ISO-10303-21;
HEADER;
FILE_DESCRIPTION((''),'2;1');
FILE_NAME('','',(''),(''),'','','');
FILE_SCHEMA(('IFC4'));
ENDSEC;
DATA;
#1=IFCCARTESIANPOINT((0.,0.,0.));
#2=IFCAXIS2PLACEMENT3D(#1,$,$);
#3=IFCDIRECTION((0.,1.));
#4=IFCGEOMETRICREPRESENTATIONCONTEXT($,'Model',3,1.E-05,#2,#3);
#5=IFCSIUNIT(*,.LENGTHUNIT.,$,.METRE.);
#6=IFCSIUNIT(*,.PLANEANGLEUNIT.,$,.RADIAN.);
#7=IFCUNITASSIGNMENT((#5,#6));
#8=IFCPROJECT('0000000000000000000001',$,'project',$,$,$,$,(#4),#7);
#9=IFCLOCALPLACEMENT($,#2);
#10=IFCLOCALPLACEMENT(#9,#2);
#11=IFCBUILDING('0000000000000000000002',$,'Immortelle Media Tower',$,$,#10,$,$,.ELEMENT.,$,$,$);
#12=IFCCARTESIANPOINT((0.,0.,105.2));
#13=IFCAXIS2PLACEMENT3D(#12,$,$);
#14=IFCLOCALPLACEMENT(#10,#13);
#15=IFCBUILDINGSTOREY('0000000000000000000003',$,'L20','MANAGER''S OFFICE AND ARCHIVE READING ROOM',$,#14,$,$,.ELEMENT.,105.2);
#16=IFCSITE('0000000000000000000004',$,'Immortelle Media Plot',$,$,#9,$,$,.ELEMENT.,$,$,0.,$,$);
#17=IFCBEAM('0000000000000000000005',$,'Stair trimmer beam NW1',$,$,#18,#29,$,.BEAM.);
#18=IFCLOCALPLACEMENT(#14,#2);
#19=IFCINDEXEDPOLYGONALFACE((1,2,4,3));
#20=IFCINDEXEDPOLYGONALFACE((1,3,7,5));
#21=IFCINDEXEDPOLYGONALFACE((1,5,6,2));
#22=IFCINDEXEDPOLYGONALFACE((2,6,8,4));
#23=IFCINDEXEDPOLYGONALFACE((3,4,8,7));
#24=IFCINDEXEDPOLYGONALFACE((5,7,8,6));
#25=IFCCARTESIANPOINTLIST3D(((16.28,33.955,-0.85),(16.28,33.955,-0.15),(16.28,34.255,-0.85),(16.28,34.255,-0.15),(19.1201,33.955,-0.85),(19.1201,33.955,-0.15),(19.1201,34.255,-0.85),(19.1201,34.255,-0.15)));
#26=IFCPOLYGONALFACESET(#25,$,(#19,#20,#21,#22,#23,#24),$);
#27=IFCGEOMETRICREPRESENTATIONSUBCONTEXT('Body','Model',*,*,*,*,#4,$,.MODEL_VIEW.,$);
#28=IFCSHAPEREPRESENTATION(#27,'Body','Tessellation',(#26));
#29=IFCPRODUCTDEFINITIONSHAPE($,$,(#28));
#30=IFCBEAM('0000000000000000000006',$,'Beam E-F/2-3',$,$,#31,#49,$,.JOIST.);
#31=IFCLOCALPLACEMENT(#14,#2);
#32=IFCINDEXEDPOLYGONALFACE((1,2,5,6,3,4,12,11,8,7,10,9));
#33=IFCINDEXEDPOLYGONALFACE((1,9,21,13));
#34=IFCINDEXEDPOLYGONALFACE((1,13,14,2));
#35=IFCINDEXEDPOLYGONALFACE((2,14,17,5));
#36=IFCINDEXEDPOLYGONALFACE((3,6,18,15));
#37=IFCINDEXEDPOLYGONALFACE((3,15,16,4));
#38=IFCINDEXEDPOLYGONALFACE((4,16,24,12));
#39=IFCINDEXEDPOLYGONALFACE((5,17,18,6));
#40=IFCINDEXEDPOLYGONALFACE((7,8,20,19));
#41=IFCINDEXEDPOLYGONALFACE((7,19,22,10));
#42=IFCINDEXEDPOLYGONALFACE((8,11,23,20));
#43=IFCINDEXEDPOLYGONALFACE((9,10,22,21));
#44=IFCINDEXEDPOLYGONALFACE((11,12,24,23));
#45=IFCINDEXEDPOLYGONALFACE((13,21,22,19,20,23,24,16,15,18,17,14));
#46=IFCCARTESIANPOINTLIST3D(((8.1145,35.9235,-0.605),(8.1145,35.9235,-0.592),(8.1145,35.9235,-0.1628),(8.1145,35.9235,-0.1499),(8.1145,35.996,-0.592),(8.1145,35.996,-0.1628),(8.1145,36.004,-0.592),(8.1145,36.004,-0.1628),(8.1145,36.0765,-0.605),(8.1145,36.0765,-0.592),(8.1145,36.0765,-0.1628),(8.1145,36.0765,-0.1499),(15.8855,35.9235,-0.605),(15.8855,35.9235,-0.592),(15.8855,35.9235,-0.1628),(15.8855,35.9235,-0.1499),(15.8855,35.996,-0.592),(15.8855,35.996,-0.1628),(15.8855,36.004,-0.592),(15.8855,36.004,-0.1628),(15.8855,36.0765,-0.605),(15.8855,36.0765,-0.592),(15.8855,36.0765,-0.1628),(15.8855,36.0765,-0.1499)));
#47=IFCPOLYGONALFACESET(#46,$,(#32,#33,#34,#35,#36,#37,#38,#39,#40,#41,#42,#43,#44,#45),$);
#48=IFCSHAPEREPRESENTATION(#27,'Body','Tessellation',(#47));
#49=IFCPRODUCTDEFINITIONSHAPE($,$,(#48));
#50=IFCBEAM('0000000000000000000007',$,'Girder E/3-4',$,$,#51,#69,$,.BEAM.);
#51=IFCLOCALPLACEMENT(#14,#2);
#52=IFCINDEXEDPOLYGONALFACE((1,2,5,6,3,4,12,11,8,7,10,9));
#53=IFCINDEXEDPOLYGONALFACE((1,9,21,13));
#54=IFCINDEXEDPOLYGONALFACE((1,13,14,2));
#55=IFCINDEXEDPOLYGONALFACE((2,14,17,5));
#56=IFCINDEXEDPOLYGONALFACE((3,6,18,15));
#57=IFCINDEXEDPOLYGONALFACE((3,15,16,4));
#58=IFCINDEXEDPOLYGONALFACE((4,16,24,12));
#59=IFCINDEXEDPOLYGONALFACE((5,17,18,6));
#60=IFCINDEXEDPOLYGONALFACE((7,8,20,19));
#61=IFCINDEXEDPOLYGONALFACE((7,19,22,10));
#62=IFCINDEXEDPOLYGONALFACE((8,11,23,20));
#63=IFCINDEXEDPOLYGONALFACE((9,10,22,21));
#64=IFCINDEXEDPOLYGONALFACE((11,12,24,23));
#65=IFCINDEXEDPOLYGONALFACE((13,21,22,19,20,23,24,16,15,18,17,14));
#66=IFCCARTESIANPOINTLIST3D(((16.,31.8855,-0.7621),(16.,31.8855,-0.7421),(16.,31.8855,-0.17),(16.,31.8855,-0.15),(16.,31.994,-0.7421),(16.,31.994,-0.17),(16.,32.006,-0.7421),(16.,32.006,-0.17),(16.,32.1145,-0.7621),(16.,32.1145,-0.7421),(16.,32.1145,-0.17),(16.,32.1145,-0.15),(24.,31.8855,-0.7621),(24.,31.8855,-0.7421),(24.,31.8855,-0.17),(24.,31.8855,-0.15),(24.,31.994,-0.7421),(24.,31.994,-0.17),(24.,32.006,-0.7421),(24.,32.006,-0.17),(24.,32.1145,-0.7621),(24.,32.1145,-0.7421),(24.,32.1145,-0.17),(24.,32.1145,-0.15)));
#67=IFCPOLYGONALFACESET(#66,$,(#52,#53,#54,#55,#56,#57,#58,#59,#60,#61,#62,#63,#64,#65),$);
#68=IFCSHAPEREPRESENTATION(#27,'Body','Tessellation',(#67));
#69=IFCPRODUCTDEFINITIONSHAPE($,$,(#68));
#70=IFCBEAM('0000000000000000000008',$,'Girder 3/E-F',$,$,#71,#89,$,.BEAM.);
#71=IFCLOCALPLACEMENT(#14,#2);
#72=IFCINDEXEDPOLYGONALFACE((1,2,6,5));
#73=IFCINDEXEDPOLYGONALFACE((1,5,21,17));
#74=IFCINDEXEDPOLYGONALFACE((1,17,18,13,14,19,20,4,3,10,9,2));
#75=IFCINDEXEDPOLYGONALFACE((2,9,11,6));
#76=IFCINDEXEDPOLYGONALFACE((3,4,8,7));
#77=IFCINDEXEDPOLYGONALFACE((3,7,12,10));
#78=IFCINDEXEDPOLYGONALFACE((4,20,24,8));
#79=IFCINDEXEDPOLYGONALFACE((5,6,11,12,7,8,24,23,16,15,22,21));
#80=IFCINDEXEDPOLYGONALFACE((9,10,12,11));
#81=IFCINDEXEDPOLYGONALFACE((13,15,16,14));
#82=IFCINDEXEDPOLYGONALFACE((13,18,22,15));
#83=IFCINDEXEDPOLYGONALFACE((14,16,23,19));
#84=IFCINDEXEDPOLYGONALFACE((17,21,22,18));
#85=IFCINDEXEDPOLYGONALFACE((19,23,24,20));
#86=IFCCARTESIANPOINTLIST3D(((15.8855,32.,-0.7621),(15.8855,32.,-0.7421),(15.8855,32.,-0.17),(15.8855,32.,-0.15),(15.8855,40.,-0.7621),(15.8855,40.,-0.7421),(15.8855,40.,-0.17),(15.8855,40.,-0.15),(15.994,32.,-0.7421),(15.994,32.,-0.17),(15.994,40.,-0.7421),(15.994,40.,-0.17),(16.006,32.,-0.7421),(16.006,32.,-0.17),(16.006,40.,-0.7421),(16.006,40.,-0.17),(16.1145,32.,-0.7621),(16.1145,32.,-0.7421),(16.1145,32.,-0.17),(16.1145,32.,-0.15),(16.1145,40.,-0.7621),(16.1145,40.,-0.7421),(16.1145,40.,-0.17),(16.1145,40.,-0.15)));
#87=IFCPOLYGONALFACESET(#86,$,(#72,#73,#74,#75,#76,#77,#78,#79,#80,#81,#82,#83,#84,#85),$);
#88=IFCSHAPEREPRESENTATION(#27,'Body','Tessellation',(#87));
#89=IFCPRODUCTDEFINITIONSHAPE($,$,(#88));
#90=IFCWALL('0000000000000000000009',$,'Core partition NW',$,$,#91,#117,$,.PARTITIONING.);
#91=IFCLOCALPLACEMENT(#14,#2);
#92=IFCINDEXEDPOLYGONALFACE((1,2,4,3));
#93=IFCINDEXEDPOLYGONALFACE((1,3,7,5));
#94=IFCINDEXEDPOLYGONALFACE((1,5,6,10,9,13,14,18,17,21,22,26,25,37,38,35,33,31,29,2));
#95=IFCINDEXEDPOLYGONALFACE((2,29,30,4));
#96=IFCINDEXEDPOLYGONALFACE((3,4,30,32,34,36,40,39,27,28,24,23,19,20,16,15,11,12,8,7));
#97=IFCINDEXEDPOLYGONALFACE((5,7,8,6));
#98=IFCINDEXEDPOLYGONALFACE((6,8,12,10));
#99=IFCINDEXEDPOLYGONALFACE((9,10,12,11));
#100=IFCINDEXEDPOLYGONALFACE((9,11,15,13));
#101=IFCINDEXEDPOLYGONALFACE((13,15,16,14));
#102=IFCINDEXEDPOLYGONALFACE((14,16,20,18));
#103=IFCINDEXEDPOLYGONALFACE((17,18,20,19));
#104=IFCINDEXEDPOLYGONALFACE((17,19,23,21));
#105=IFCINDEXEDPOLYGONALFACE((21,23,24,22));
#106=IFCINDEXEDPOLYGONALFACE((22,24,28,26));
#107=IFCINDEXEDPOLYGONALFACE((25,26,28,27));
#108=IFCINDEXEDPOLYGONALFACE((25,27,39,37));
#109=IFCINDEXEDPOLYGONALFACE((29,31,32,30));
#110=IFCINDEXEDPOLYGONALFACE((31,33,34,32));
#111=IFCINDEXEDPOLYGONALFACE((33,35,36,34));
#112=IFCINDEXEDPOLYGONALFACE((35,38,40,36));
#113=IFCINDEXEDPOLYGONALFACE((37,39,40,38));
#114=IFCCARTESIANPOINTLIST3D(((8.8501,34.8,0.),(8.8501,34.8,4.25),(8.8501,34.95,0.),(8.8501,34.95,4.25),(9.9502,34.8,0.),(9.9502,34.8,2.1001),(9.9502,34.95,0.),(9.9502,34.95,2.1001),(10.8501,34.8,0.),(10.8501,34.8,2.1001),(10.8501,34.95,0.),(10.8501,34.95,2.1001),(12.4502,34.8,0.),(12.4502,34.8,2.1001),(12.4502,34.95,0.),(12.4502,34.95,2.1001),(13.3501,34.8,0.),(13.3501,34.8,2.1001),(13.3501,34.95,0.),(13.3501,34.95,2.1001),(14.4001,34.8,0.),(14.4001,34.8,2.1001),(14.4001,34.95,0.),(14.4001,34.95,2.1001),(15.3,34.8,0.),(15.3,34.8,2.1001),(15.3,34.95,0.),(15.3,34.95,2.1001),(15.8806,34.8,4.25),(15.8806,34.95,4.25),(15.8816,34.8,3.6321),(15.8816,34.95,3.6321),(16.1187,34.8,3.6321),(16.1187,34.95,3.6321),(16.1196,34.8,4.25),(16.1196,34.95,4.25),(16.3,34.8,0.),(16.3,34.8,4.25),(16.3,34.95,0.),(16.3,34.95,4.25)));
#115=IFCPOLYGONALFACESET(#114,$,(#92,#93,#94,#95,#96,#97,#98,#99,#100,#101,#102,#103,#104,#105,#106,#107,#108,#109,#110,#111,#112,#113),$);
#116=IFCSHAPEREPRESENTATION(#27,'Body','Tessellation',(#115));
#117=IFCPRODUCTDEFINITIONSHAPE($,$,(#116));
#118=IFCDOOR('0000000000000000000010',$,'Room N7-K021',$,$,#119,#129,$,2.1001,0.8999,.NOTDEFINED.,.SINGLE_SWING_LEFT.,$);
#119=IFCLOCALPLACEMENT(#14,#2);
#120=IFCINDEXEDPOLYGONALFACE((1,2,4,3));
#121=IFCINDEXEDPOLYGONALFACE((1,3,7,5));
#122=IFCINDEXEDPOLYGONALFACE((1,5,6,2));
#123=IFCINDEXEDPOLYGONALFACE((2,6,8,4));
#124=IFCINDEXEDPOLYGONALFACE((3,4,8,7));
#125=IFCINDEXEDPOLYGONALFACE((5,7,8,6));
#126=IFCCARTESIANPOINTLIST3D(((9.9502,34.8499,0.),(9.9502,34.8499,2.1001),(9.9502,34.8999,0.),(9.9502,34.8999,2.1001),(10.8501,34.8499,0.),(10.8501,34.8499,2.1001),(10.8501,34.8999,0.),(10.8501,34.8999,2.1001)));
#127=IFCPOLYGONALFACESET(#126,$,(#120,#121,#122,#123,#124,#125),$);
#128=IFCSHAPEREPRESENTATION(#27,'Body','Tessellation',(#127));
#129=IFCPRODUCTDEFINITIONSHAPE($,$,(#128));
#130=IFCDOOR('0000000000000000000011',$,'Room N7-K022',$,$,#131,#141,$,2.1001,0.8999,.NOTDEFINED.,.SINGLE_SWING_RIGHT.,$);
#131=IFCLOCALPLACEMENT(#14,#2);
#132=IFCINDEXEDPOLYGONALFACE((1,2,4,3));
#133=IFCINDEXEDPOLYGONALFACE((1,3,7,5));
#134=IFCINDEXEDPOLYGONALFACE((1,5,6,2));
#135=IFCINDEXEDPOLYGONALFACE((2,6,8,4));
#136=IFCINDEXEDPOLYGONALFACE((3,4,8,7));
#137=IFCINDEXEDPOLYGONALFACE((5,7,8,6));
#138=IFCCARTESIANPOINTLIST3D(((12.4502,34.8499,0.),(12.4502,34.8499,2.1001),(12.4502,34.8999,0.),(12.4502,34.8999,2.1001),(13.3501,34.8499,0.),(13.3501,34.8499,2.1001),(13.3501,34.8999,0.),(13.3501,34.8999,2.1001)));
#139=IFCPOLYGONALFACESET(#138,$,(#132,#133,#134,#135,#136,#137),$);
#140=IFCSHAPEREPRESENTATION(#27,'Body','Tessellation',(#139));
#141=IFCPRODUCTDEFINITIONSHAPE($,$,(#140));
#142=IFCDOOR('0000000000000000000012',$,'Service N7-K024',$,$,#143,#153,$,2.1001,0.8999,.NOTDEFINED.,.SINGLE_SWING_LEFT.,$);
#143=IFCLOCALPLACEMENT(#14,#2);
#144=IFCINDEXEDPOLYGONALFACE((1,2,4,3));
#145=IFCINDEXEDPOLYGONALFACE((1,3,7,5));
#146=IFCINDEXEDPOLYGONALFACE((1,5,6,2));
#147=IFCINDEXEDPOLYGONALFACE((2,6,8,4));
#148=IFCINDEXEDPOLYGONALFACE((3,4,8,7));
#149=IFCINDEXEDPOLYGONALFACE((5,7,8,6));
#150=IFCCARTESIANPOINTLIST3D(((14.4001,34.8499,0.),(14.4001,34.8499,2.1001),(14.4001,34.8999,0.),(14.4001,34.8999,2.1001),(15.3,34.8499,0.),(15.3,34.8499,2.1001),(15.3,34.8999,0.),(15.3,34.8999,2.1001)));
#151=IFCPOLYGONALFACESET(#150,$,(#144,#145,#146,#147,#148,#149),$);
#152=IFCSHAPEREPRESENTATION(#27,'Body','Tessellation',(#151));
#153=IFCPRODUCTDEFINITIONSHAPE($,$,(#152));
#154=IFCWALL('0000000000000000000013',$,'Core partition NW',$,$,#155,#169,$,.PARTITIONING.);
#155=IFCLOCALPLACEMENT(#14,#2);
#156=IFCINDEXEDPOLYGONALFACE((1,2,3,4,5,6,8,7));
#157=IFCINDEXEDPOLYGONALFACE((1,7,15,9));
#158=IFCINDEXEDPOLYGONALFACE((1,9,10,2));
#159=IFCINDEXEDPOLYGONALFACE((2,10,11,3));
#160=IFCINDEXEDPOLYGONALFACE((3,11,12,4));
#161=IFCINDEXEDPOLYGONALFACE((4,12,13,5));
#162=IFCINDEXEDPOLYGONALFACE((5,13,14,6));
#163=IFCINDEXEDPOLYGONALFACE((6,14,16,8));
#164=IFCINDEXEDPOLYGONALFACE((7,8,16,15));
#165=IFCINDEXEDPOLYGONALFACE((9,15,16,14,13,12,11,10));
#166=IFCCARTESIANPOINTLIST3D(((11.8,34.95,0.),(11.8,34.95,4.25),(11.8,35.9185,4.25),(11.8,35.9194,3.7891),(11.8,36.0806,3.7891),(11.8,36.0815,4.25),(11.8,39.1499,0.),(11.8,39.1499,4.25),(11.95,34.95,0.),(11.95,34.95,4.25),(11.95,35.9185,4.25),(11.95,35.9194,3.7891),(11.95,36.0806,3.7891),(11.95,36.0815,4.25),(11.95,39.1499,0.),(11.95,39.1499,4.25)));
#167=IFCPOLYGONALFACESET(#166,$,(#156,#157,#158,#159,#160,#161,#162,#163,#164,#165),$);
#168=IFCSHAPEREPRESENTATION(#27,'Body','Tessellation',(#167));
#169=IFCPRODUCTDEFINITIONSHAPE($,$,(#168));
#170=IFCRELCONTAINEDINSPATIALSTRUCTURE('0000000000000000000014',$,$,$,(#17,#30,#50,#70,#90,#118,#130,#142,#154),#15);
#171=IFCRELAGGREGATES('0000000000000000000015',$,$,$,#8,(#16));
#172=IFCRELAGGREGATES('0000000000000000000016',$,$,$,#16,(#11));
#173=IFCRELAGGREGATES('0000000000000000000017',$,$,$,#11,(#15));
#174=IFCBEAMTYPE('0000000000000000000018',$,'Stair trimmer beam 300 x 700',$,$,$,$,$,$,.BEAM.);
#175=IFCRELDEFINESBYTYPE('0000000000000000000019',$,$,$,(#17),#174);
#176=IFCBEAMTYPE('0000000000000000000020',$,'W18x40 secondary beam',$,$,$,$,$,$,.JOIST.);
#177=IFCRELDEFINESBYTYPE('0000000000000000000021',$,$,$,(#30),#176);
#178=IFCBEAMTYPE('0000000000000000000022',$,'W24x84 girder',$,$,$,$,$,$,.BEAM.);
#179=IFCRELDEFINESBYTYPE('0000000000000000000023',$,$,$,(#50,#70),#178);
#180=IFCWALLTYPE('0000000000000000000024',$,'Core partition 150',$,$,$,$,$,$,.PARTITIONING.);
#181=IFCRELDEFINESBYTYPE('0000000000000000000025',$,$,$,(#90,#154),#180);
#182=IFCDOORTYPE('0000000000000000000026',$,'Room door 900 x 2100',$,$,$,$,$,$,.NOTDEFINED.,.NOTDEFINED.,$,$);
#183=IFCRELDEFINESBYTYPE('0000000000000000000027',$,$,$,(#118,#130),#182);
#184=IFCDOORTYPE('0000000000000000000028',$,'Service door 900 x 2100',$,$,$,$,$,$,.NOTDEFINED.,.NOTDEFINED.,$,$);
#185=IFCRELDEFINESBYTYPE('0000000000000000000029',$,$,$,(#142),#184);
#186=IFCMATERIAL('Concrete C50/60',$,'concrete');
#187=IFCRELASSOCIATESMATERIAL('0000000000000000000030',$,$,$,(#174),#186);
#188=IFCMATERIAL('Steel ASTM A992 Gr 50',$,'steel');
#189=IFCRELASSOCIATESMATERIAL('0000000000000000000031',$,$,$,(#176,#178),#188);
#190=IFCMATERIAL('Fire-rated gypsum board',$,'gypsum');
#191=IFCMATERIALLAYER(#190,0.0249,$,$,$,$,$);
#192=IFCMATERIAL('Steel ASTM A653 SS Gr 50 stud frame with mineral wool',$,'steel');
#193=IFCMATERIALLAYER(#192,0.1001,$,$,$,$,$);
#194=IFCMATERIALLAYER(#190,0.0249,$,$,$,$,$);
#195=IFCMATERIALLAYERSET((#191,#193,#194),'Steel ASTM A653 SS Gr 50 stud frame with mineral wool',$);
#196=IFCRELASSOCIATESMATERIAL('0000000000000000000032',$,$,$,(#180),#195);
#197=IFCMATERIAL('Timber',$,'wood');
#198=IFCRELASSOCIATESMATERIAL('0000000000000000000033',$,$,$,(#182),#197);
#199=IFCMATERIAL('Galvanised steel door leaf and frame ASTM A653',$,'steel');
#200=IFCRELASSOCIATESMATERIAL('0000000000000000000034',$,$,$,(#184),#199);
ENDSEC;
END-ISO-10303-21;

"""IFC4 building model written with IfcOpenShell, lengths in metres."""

from ifc_helpers import new_model, si_unit, direction, frame, frame_2d, origin, origin_2d, place, context, subcontext, project, spatial, polyline, rectangle, i_section, outline, extrude, material, layer, layer_set, material_profile, profile_set, type_object, element, fill, save


model = new_model("IFC4")

# Units and contexts
model_context = context("Model", 3, precision=1e-05, world=origin(), true_north=direction((0.0, 1.0)))
body_context = subcontext(model_context, "Body", "Model", "MODEL_VIEW")
ifc_project = project(units=[si_unit("LENGTHUNIT", "METRE"), si_unit("PLANEANGLEUNIT", "RADIAN")], contexts=[model_context])

# Site, building, storey
site_placement = place(None, origin())
site = spatial("IfcSite", under=ifc_project, at=site_placement, Name="Immortelle Media Plot", CompositionType="ELEMENT", RefElevation=0.0)
building_placement = place(site_placement, origin())
building = spatial("IfcBuilding", under=site, at=building_placement, Name="Immortelle Media Tower", CompositionType="ELEMENT")
storey_placement = place(building_placement, frame((0.0, 0.0, 105.2)))
storey = spatial("IfcBuildingStorey", under=building, at=storey_placement, Name="L20", Description="MANAGER'S OFFICE AND ARCHIVE READING ROOM", CompositionType="ELEMENT", Elevation=105.2)

# Beams
ifc_material_1 = material(Name="Concrete C50/60", Category="concrete")
ifc_material_profile_1 = material_profile(ifc_material_1, rectangle(XDim=0.3, YDim=0.7, at=origin_2d()), Name="RC 300x700")
ifc_profile_set_1 = profile_set([ifc_material_profile_1], Name="Concrete C50/60")
beam_type_1 = type_object("IfcBeamType", Name="Stair trimmer beam 300 x 700", PredefinedType="BEAM", material=ifc_profile_set_1)
beam_1_placement = place(storey_placement, frame((16.28, 34.105, -0.5), z_axis=(1.0, 0.0, 0.0), x_axis=(0.0, 1.0, 0.0)))
element("IfcBeam", 1, at=beam_1_placement, inside=storey, type_object=beam_type_1, Name="Stair trimmer beam NW1", PredefinedType="BEAM", context=body_context, shape_type="SweptSolid", body=[
    extrude(rectangle(XDim=0.3, YDim=0.7, at=origin_2d()), origin(), (0.0, 0.0, 1.0), 2.8401),
])
ifc_material_2 = material(Name="Steel ASTM A992 Gr 50", Category="steel")
ifc_material_profile_2 = material_profile(ifc_material_2, i_section(OverallWidth=0.1531, OverallDepth=0.4551, WebThickness=0.0081, FlangeThickness=0.0129, at=origin_2d()), Name="W18x40")
ifc_profile_set_2 = profile_set([ifc_material_profile_2], Name="Steel ASTM A992 Gr 50")
beam_type_2 = type_object("IfcBeamType", Name="W18x40 secondary beam", PredefinedType="JOIST", material=ifc_profile_set_2)
beam_2_placement = place(storey_placement, frame((8.1145, 36.0, -0.3774), z_axis=(1.0, 0.0, 0.0), x_axis=(0.0, 1.0, 0.0)))
element("IfcBeam", 2, at=beam_2_placement, inside=storey, type_object=beam_type_2, Name="Beam E-F/2-3", PredefinedType="JOIST", context=body_context, shape_type="SweptSolid", body=[
    extrude(i_section(OverallWidth=0.1531, OverallDepth=0.4551, WebThickness=0.0081, FlangeThickness=0.0129, at=origin_2d()), origin(), (0.0, 0.0, 1.0), 7.771),
])
ifc_material_profile_3 = material_profile(ifc_material_2, i_section(OverallWidth=0.229, OverallDepth=0.6121, WebThickness=0.012, FlangeThickness=0.02, at=origin_2d()), Name="W24x84")
ifc_profile_set_3 = profile_set([ifc_material_profile_3], Name="Steel ASTM A992 Gr 50")
beam_type_3 = type_object("IfcBeamType", Name="W24x84 girder", PredefinedType="BEAM", material=ifc_profile_set_3)
for number, where, z_axis, x_axis, name in (
    (3, (16.0, 32.0, -0.4561), (1.0, 0.0, 0.0), (0.0, 1.0, 0.0), "Girder E/3-4"),
    (4, (16.0, 32.0, -0.4561), (0.0, 1.0, 0.0), (-1.0, 0.0, 0.0), "Girder 3/E-F"),
):
    element("IfcBeam", number, at=place(storey_placement, frame(where, z_axis=z_axis, x_axis=x_axis)), inside=storey, type_object=beam_type_3, Name=name, PredefinedType="BEAM", context=body_context, shape_type="SweptSolid", body=[
        extrude(i_section(OverallWidth=0.229, OverallDepth=0.6121, WebThickness=0.012, FlangeThickness=0.02, at=origin_2d()), origin(), (0.0, 0.0, 1.0), 8.0),
    ])

# Wall, openings, doors
ifc_material_3 = material(Name="Fire-rated gypsum board", Category="gypsum")
ifc_layer_1 = layer(ifc_material_3, 0.0249)
ifc_material_4 = material(Name="Steel ASTM A653 SS Gr 50 stud frame with mineral wool", Category="steel")
ifc_layer_2 = layer(ifc_material_4, 0.1001)
ifc_layer_3 = layer(ifc_material_3, 0.0249)
ifc_layer_set_1 = layer_set([ifc_layer_1, ifc_layer_2, ifc_layer_3], Name="Steel ASTM A653 SS Gr 50 stud frame with mineral wool")
wall_type_1 = type_object("IfcWallType", Name="Core partition 150", PredefinedType="PARTITIONING", material=ifc_layer_set_1)
wall_1_placement = place(storey_placement, frame((8.8501, 34.875, 0.0), z_axis=(0.0, 0.0, 1.0), x_axis=(1.0, 0.0, 0.0)))
wall_1 = element("IfcWall", 5, at=wall_1_placement, inside=storey, type_object=wall_type_1, Name="Core partition NW", PredefinedType="PARTITIONING", context=body_context, shape_type="SweptSolid", body=[
    extrude(outline(polyline([(0.0, 0.0), (7.45, 0.0), (7.45, 4.25), (7.2695, 4.25), (7.2686, 3.6321), (7.0315, 3.6321), (7.0305, 4.25), (0.0, 4.25), (0.0, 0.0)])), frame((0.0, 0.075, 0.0), z_axis=(0.0, -1.0, 0.0), x_axis=(1.0, 0.0, 0.0)), (0.0, 0.0, 1.0), 0.1499),
])
opening_1_placement = place(wall_1_placement, frame((1.1001, 0.0, 0.0)))
opening_1 = element("IfcOpeningElement", 6, at=opening_1_placement, cuts=wall_1, PredefinedType="OPENING", context=body_context, shape_type="SweptSolid", body=[
    extrude(rectangle(XDim=0.8999, YDim=2.1001, at=frame_2d((0.45, 1.05))), frame((0.0, 0.085, 0.0), z_axis=(0.0, -1.0, 0.0), x_axis=(1.0, 0.0, 0.0)), (0.0, 0.0, 1.0), 0.1699),
])
opening_2_placement = place(wall_1_placement, frame((3.6001, 0.0, 0.0)))
opening_2 = element("IfcOpeningElement", 7, at=opening_2_placement, cuts=wall_1, PredefinedType="OPENING", context=body_context, shape_type="SweptSolid", body=[
    extrude(rectangle(XDim=0.8999, YDim=2.1001, at=frame_2d((0.45, 1.05))), frame((0.0, 0.085, 0.0), z_axis=(0.0, -1.0, 0.0), x_axis=(1.0, 0.0, 0.0)), (0.0, 0.0, 1.0), 0.1699),
])
opening_3_placement = place(wall_1_placement, frame((5.55, 0.0, 0.0)))
opening_3 = element("IfcOpeningElement", 8, at=opening_3_placement, cuts=wall_1, PredefinedType="OPENING", context=body_context, shape_type="SweptSolid", body=[
    extrude(rectangle(XDim=0.8999, YDim=2.1001, at=frame_2d((0.45, 1.05))), frame((0.0, 0.085, 0.0), z_axis=(0.0, -1.0, 0.0), x_axis=(1.0, 0.0, 0.0)), (0.0, 0.0, 1.0), 0.1699),
])
ifc_material_5 = material(Name="Timber", Category="wood")
door_type_1 = type_object("IfcDoorType", Name="Room door 900 x 2100", OperationType="NOTDEFINED", PredefinedType="NOTDEFINED", material=ifc_material_5)
door_1_placement = place(opening_1_placement, origin())
door_1 = element("IfcDoor", 9, at=door_1_placement, inside=storey, type_object=door_type_1, Name="Room N7-K021", OperationType="SINGLE_SWING_LEFT", OverallHeight=2.1001, OverallWidth=0.8999, PredefinedType="NOTDEFINED", context=body_context, shape_type="SweptSolid", body=[
    extrude(rectangle(XDim=0.8999, YDim=2.1001, at=frame_2d((0.45, 1.05))), frame((0.0, 0.0249, 0.0), z_axis=(0.0, -1.0, 0.0), x_axis=(1.0, 0.0, 0.0)), (0.0, 0.0, 1.0), 0.05),
])
fill(opening_1, door_1)
door_2_placement = place(opening_2_placement, origin())
door_2 = element("IfcDoor", 10, at=door_2_placement, inside=storey, type_object=door_type_1, Name="Room N7-K022", OperationType="SINGLE_SWING_RIGHT", OverallHeight=2.1001, OverallWidth=0.8999, PredefinedType="NOTDEFINED", context=body_context, shape_type="SweptSolid", body=[
    extrude(rectangle(XDim=0.8999, YDim=2.1001, at=frame_2d((0.45, 1.05))), frame((0.0, 0.0249, 0.0), z_axis=(0.0, -1.0, 0.0), x_axis=(1.0, 0.0, 0.0)), (0.0, 0.0, 1.0), 0.05),
])
fill(opening_2, door_2)
ifc_material_6 = material(Name="Galvanised steel door leaf and frame ASTM A653", Category="steel")
door_type_2 = type_object("IfcDoorType", Name="Service door 900 x 2100", OperationType="NOTDEFINED", PredefinedType="NOTDEFINED", material=ifc_material_6)
door_3_placement = place(opening_3_placement, origin())
door_3 = element("IfcDoor", 11, at=door_3_placement, inside=storey, type_object=door_type_2, Name="Service N7-K024", OperationType="SINGLE_SWING_LEFT", OverallHeight=2.1001, OverallWidth=0.8999, PredefinedType="NOTDEFINED", context=body_context, shape_type="SweptSolid", body=[
    extrude(rectangle(XDim=0.8999, YDim=2.1001, at=frame_2d((0.45, 1.05))), frame((0.0, 0.0249, 0.0), z_axis=(0.0, -1.0, 0.0), x_axis=(1.0, 0.0, 0.0)), (0.0, 0.0, 1.0), 0.05),
])
fill(opening_3, door_3)

# Wall
for number, where, z_axis, x_axis, name in (
    (12, (11.875, 34.95, 0.0), (0.0, 0.0, 1.0), (0.0, 1.0, 0.0), "Core partition NW"),
):
    element("IfcWall", number, at=place(storey_placement, frame(where, z_axis=z_axis, x_axis=x_axis)), inside=storey, type_object=wall_type_1, Name=name, PredefinedType="PARTITIONING", context=body_context, shape_type="SweptSolid", body=[
        extrude(outline(polyline([(0.0, 0.0), (4.2, 0.0), (4.2, 4.25), (1.1316, 4.25), (1.1306, 3.7891), (0.9695, 3.7891), (0.9685, 4.25), (0.0, 4.25), (0.0, 0.0)])), frame((0.0, 0.075, 0.0), z_axis=(0.0, -1.0, 0.0), x_axis=(1.0, 0.0, 0.0)), (0.0, 0.0, 1.0), 0.1499),
    ])

save(model, "model.ifc")
